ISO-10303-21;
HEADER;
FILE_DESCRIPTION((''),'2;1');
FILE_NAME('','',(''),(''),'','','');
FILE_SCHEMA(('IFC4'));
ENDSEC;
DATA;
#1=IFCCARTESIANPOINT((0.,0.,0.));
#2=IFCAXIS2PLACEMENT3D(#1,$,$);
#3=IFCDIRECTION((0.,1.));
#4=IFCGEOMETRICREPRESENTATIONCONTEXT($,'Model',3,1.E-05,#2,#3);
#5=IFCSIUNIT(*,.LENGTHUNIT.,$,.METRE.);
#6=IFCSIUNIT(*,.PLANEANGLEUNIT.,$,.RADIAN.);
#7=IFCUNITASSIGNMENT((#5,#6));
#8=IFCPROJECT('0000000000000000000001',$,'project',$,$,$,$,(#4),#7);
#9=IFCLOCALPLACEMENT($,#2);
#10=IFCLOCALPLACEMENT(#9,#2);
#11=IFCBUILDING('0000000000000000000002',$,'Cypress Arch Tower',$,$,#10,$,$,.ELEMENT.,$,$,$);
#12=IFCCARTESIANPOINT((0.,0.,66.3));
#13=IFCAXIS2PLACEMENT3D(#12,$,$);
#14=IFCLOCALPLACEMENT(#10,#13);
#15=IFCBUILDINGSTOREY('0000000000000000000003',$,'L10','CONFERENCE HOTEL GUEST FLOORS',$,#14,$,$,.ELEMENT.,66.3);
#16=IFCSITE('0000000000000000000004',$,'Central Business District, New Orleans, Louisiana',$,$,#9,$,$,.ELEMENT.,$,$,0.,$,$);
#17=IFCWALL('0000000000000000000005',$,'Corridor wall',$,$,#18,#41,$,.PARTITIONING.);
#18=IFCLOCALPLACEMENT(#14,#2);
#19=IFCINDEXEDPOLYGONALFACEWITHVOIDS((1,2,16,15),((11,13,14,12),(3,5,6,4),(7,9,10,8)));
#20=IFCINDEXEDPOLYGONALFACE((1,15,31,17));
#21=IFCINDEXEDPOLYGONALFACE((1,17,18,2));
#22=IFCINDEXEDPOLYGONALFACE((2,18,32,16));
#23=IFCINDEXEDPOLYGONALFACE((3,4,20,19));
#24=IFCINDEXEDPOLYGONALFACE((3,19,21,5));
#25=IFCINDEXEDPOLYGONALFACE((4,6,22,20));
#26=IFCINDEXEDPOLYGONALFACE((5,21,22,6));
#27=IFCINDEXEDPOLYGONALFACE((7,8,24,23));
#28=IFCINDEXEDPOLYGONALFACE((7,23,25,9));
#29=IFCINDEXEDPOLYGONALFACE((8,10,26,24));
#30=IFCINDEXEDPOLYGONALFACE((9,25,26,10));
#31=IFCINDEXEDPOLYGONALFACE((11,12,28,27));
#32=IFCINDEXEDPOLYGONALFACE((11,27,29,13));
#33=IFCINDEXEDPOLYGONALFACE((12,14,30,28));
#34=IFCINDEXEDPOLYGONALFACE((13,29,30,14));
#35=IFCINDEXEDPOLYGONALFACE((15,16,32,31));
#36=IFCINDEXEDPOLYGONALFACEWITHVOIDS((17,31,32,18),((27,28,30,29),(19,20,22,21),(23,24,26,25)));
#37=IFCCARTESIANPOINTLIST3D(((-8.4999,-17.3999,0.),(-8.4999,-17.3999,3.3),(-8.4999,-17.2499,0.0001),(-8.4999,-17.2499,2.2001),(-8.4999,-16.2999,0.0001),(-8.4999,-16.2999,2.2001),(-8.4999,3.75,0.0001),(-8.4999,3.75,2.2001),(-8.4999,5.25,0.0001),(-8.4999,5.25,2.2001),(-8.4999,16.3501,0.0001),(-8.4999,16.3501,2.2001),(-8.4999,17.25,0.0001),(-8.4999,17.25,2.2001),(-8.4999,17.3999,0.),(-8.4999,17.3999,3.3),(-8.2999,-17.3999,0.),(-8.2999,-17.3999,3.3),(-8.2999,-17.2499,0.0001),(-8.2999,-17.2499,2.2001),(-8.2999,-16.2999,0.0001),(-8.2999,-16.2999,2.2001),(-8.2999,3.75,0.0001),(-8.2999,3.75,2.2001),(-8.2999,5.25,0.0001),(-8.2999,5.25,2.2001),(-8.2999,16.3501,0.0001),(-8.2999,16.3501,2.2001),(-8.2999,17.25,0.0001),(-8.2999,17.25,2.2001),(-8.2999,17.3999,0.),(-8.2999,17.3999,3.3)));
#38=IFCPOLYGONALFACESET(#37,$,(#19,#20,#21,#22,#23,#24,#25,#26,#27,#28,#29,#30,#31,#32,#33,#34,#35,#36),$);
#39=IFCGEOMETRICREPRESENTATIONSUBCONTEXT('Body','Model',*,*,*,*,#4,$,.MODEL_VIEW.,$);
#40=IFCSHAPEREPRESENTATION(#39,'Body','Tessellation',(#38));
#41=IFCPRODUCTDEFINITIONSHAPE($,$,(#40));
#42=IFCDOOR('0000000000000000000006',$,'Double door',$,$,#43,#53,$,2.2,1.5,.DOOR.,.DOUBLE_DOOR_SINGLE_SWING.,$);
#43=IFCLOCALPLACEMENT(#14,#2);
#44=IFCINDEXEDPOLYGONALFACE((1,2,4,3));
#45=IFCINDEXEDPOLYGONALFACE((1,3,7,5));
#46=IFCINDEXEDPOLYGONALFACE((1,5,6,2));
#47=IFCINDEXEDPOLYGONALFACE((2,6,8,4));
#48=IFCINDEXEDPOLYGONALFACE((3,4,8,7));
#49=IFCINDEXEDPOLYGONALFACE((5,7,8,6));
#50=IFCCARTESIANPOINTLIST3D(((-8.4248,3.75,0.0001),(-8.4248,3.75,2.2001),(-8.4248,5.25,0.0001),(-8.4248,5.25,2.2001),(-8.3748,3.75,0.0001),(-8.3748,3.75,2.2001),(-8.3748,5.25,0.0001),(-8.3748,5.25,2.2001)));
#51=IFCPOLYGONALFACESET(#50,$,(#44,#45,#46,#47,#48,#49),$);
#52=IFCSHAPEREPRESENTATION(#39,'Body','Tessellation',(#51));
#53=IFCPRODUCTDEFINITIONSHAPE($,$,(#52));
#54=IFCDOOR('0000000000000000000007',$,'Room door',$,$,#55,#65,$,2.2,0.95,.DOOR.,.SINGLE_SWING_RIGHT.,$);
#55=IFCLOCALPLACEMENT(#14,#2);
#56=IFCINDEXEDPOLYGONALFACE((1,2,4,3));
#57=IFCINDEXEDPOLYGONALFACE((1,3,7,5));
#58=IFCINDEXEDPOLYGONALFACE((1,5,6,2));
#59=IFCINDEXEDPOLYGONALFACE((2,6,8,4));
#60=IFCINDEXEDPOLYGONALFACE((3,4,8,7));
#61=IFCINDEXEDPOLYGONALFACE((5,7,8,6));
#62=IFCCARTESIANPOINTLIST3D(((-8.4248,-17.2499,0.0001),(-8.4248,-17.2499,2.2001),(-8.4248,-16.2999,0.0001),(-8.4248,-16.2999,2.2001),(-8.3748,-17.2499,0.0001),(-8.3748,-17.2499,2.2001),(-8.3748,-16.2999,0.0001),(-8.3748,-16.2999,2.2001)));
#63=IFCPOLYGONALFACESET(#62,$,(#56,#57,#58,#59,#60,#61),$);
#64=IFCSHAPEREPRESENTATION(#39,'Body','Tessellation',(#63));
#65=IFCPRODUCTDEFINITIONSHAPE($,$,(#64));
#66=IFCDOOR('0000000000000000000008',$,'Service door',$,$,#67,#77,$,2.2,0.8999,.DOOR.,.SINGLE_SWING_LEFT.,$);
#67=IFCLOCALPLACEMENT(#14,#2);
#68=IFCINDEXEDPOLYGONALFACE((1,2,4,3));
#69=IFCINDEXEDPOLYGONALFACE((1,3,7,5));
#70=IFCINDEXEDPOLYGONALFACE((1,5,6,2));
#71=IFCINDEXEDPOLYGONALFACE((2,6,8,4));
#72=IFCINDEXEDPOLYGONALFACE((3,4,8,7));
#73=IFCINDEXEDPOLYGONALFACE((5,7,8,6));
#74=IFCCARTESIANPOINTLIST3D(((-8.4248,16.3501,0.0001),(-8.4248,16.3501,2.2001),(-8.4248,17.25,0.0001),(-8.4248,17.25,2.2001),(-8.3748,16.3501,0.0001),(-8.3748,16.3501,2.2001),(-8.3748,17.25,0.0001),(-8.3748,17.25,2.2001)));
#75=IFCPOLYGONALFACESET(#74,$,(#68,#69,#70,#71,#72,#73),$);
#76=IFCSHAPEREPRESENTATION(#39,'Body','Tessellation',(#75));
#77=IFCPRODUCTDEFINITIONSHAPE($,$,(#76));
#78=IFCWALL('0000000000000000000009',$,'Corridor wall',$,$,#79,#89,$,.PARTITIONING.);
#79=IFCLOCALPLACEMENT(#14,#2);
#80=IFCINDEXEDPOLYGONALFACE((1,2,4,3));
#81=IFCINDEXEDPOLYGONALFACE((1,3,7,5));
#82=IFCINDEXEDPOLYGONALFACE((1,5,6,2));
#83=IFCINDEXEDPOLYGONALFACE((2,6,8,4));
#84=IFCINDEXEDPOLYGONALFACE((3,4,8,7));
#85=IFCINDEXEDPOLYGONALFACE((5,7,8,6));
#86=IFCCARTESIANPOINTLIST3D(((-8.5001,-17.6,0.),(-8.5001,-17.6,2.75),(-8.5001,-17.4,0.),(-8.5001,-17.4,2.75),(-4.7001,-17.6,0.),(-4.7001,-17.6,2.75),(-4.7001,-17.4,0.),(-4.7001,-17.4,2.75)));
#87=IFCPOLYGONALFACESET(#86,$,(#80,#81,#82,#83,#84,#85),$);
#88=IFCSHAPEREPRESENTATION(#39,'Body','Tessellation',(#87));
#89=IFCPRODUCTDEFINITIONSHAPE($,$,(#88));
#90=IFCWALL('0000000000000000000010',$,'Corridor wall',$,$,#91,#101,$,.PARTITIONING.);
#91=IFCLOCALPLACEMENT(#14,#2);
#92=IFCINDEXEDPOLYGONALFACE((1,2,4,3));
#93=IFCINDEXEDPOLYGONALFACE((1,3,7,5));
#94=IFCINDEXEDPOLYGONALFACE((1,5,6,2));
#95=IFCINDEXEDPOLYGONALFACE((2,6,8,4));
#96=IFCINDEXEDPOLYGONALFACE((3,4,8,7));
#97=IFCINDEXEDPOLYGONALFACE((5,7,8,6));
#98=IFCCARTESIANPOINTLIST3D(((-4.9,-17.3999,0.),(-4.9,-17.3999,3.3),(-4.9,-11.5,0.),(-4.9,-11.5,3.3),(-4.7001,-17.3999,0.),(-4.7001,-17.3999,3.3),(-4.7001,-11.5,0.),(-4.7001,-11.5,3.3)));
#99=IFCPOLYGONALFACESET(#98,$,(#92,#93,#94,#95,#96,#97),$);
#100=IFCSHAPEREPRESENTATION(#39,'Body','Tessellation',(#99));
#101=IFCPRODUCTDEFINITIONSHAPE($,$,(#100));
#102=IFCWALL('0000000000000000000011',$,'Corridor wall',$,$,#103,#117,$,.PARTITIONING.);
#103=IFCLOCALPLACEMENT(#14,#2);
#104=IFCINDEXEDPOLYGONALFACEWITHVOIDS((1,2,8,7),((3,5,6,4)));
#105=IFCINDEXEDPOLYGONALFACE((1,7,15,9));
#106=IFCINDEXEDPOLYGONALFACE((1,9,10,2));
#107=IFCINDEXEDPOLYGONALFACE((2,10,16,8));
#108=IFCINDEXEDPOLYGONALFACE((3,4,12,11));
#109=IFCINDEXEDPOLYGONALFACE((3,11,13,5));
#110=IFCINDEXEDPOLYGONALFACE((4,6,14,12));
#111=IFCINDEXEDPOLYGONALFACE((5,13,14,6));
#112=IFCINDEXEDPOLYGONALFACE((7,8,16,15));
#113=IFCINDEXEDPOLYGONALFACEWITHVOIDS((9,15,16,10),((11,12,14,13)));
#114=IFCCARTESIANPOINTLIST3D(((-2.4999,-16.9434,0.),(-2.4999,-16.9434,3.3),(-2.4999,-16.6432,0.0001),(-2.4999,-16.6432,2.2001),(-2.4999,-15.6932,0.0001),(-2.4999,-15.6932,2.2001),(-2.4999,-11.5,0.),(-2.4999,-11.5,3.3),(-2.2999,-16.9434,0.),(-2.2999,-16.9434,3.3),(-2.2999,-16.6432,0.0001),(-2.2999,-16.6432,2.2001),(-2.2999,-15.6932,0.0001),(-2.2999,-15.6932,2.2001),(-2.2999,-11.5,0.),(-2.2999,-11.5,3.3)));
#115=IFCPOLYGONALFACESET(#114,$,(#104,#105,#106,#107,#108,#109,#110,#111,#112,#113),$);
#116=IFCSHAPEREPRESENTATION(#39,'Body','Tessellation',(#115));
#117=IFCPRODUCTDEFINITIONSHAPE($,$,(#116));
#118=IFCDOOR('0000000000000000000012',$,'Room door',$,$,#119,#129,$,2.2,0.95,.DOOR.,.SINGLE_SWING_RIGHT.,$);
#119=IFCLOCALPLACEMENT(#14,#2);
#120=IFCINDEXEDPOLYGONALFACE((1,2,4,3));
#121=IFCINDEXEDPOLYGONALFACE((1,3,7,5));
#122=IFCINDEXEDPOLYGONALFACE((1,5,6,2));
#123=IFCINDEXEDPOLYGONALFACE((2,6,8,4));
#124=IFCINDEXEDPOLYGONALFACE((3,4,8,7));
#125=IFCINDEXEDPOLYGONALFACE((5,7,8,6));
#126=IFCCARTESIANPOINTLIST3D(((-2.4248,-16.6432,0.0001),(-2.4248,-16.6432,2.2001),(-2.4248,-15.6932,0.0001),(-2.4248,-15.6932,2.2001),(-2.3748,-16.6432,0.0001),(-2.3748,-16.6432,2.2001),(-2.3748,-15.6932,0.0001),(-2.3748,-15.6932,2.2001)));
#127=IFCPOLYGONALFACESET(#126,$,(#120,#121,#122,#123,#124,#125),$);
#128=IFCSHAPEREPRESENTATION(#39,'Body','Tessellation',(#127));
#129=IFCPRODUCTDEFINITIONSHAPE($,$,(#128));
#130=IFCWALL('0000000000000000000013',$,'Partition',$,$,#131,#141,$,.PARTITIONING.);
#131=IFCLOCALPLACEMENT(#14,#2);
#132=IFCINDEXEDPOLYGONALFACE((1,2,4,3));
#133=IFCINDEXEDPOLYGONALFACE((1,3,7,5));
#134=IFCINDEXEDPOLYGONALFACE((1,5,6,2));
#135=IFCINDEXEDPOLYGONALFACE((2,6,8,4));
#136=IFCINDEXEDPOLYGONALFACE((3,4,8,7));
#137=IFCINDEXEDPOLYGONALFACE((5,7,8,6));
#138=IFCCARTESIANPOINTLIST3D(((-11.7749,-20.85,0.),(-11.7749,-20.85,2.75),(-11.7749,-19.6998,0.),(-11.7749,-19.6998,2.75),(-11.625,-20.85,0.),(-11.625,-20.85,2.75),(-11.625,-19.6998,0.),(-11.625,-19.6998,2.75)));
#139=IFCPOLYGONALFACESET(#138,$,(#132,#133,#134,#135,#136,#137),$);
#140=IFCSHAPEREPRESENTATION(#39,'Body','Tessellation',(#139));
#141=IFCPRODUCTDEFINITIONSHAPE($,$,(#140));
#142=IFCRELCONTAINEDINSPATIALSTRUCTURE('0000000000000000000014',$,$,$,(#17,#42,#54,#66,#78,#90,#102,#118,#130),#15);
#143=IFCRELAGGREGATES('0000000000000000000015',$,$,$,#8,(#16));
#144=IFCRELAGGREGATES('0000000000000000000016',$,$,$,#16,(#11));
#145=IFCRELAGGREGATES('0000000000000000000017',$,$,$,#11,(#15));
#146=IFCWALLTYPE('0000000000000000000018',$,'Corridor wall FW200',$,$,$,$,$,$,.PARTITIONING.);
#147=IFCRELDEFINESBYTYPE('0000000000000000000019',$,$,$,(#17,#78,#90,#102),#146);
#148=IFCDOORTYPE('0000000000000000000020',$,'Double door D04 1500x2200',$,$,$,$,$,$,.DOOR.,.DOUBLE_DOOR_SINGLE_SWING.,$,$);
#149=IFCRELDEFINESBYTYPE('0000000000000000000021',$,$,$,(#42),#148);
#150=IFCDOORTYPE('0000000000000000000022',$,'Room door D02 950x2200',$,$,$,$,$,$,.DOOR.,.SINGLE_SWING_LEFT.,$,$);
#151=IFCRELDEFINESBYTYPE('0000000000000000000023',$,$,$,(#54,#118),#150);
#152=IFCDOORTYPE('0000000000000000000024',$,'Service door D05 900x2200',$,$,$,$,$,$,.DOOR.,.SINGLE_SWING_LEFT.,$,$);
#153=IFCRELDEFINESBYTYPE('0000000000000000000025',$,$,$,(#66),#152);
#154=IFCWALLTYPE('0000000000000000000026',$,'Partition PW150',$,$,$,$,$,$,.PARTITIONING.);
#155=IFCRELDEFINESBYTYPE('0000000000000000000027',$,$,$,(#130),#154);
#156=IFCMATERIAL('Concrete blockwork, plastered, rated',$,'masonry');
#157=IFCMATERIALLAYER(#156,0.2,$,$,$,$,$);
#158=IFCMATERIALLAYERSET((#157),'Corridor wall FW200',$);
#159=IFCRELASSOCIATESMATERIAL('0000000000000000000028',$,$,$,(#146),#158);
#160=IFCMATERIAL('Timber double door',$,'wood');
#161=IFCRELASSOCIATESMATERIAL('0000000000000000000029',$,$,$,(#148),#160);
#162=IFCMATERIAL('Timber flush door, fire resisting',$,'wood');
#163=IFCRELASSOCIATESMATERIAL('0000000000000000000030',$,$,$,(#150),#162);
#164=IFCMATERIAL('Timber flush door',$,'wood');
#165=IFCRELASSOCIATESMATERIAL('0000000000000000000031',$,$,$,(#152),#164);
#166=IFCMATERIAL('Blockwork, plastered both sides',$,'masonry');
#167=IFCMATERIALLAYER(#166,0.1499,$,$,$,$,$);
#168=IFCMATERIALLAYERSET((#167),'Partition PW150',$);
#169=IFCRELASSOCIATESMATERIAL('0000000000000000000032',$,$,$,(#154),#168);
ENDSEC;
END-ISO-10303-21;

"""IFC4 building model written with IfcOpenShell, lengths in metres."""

from ifc_helpers import new_model, si_unit, direction, frame, frame_2d, origin, place, context, subcontext, project, spatial, rectangle, extrude, material, layer, layer_set, type_object, element, fill, save


model = new_model("IFC4")

# Units and contexts
model_context = context("Model", 3, precision=1e-05, world=origin(), true_north=direction((0.0, 1.0)))
body_context = subcontext(model_context, "Body", "Model", "MODEL_VIEW")
ifc_project = project(units=[si_unit("LENGTHUNIT", "METRE"), si_unit("PLANEANGLEUNIT", "RADIAN")], contexts=[model_context])

# Site, building, storey
site_placement = place(None, origin())
site = spatial("IfcSite", under=ifc_project, at=site_placement, Name="Central Business District, New Orleans, Louisiana", CompositionType="ELEMENT", RefElevation=0.0)
building_placement = place(site_placement, origin())
building = spatial("IfcBuilding", under=site, at=building_placement, Name="Cypress Arch Tower", CompositionType="ELEMENT")
storey_placement = place(building_placement, frame((0.0, 0.0, 66.3)))
storey = spatial("IfcBuildingStorey", under=building, at=storey_placement, Name="L10", Description="CONFERENCE HOTEL GUEST FLOORS", CompositionType="ELEMENT", Elevation=66.3)

# Wall, openings, doors
ifc_material_1 = material(Name="Concrete blockwork, plastered, rated", Category="masonry")
ifc_layer_1 = layer(ifc_material_1, 0.2)
ifc_layer_set_1 = layer_set([ifc_layer_1], Name="Corridor wall FW200")
wall_type_1 = type_object("IfcWallType", Name="Corridor wall FW200", PredefinedType="PARTITIONING", material=ifc_layer_set_1)
wall_1_placement = place(storey_placement, frame((-8.3999, -17.3999, 0.0), z_axis=(0.0, 0.0, 1.0), x_axis=(0.0, 1.0, 0.0)))
wall_1 = element("IfcWall", 1, at=wall_1_placement, inside=storey, type_object=wall_type_1, Name="Corridor wall", PredefinedType="PARTITIONING", context=body_context, shape_type="SweptSolid", body=[
    extrude(rectangle(XDim=34.7998, YDim=0.2, at=frame_2d((17.3999, 0.0))), origin(), (0.0, 0.0, 1.0), 3.3),
])
opening_1_placement = place(wall_1_placement, frame((21.1499, 0.0, 0.0)))
opening_1 = element("IfcOpeningElement", 2, at=opening_1_placement, cuts=wall_1, PredefinedType="OPENING", context=body_context, shape_type="SweptSolid", body=[
    extrude(rectangle(XDim=1.5, YDim=2.2, at=frame_2d((0.75, 1.1001))), frame((0.0, 0.1099, 0.0), z_axis=(0.0, -1.0, 0.0), x_axis=(1.0, 0.0, 0.0)), (0.0, 0.0, 1.0), 0.22),
])
opening_2_placement = place(wall_1_placement, frame((33.75, 0.0, 0.0)))
opening_2 = element("IfcOpeningElement", 3, at=opening_2_placement, cuts=wall_1, PredefinedType="OPENING", context=body_context, shape_type="SweptSolid", body=[
    extrude(rectangle(XDim=0.8999, YDim=2.2, at=frame_2d((0.45, 1.1001))), frame((0.0, 0.1099, 0.0), z_axis=(0.0, -1.0, 0.0), x_axis=(1.0, 0.0, 0.0)), (0.0, 0.0, 1.0), 0.22),
])
opening_3_placement = place(wall_1_placement, frame((0.1499, 0.0, 0.0)))
opening_3 = element("IfcOpeningElement", 4, at=opening_3_placement, cuts=wall_1, PredefinedType="OPENING", context=body_context, shape_type="SweptSolid", body=[
    extrude(rectangle(XDim=0.95, YDim=2.2, at=frame_2d((0.4751, 1.1001))), frame((0.0, 0.1099, 0.0), z_axis=(0.0, -1.0, 0.0), x_axis=(1.0, 0.0, 0.0)), (0.0, 0.0, 1.0), 0.22),
])
ifc_material_2 = material(Name="Timber double door", Category="wood")
door_type_1 = type_object("IfcDoorType", Name="Double door D04 1500x2200", OperationType="DOUBLE_DOOR_SINGLE_SWING", PredefinedType="DOOR", material=ifc_material_2)
door_1_placement = place(opening_1_placement, origin())
door_1 = element("IfcDoor", 5, at=door_1_placement, inside=storey, type_object=door_type_1, Name="Double door", OperationType="DOUBLE_DOOR_SINGLE_SWING", OverallHeight=2.2, OverallWidth=1.5, PredefinedType="DOOR", context=body_context, shape_type="SweptSolid", body=[
    extrude(rectangle(XDim=1.5, YDim=2.2, at=frame_2d((0.75, 1.1001))), frame((0.0, 0.0249, 0.0), z_axis=(0.0, -1.0, 0.0), x_axis=(1.0, 0.0, 0.0)), (0.0, 0.0, 1.0), 0.05),
])
fill(opening_1, door_1)
ifc_material_3 = material(Name="Timber flush door, fire resisting", Category="wood")
door_type_2 = type_object("IfcDoorType", Name="Room door D02 950x2200", OperationType="SINGLE_SWING_LEFT", PredefinedType="DOOR", material=ifc_material_3)
door_2_placement = place(opening_3_placement, origin())
door_2 = element("IfcDoor", 6, at=door_2_placement, inside=storey, type_object=door_type_2, Name="Room door", OperationType="SINGLE_SWING_RIGHT", OverallHeight=2.2, OverallWidth=0.95, PredefinedType="DOOR", context=body_context, shape_type="SweptSolid", body=[
    extrude(rectangle(XDim=0.95, YDim=2.2, at=frame_2d((0.4751, 1.1001))), frame((0.0, 0.0249, 0.0), z_axis=(0.0, -1.0, 0.0), x_axis=(1.0, 0.0, 0.0)), (0.0, 0.0, 1.0), 0.05),
])
fill(opening_3, door_2)
ifc_material_4 = material(Name="Timber flush door", Category="wood")
door_type_3 = type_object("IfcDoorType", Name="Service door D05 900x2200", OperationType="SINGLE_SWING_LEFT", PredefinedType="DOOR", material=ifc_material_4)
door_3_placement = place(opening_2_placement, origin())
door_3 = element("IfcDoor", 7, at=door_3_placement, inside=storey, type_object=door_type_3, Name="Service door", OperationType="SINGLE_SWING_LEFT", OverallHeight=2.2, OverallWidth=0.8999, PredefinedType="DOOR", context=body_context, shape_type="SweptSolid", body=[
    extrude(rectangle(XDim=0.8999, YDim=2.2, at=frame_2d((0.45, 1.1001))), frame((0.0, 0.0249, 0.0), z_axis=(0.0, -1.0, 0.0), x_axis=(1.0, 0.0, 0.0)), (0.0, 0.0, 1.0), 0.05),
])
fill(opening_2, door_3)

# Walls
wall_2_placement = place(storey_placement, frame((-8.5, -17.5, 0.0), z_axis=(0.0, 0.0, 1.0), x_axis=(1.0, 0.0, 0.0)))
element("IfcWall", 8, at=wall_2_placement, inside=storey, type_object=wall_type_1, Name="Corridor wall", PredefinedType="PARTITIONING", context=body_context, shape_type="SweptSolid", body=[
    extrude(rectangle(XDim=3.8, YDim=0.2, at=frame_2d((1.8999, 0.0))), origin(), (0.0, 0.0, 1.0), 2.75),
])
wall_3_placement = place(storey_placement, frame((-4.8, -17.3999, 0.0), z_axis=(0.0, 0.0, 1.0), x_axis=(0.0, 1.0, 0.0)))
element("IfcWall", 9, at=wall_3_placement, inside=storey, type_object=wall_type_1, Name="Corridor wall", PredefinedType="PARTITIONING", context=body_context, shape_type="SweptSolid", body=[
    extrude(rectangle(XDim=5.8999, YDim=0.2, at=frame_2d((2.95, 0.0))), origin(), (0.0, 0.0, 1.0), 3.3),
])

# Wall, opening, door
wall_4_placement = place(storey_placement, frame((-2.3999, -16.9434, 0.0), z_axis=(0.0, 0.0, 1.0), x_axis=(0.0, 1.0, 0.0)))
wall_4 = element("IfcWall", 10, at=wall_4_placement, inside=storey, type_object=wall_type_1, Name="Corridor wall", PredefinedType="PARTITIONING", context=body_context, shape_type="SweptSolid", body=[
    extrude(rectangle(XDim=5.4434, YDim=0.2, at=frame_2d((2.7217, 0.0))), origin(), (0.0, 0.0, 1.0), 3.3),
])
opening_4_placement = place(wall_4_placement, frame((0.3, 0.0, 0.0)))
opening_4 = element("IfcOpeningElement", 11, at=opening_4_placement, cuts=wall_4, PredefinedType="OPENING", context=body_context, shape_type="SweptSolid", body=[
    extrude(rectangle(XDim=0.95, YDim=2.2, at=frame_2d((0.4751, 1.1001))), frame((0.0, 0.1099, 0.0), z_axis=(0.0, -1.0, 0.0), x_axis=(1.0, 0.0, 0.0)), (0.0, 0.0, 1.0), 0.22),
])
door_4_placement = place(opening_4_placement, origin())
door_4 = element("IfcDoor", 12, at=door_4_placement, inside=storey, type_object=door_type_2, Name="Room door", OperationType="SINGLE_SWING_RIGHT", OverallHeight=2.2, OverallWidth=0.95, PredefinedType="DOOR", context=body_context, shape_type="SweptSolid", body=[
    extrude(rectangle(XDim=0.95, YDim=2.2, at=frame_2d((0.4751, 1.1001))), frame((0.0, 0.0249, 0.0), z_axis=(0.0, -1.0, 0.0), x_axis=(1.0, 0.0, 0.0)), (0.0, 0.0, 1.0), 0.05),
])
fill(opening_4, door_4)

# Wall
ifc_material_5 = material(Name="Blockwork, plastered both sides", Category="masonry")
ifc_layer_2 = layer(ifc_material_5, 0.1499)
ifc_layer_set_2 = layer_set([ifc_layer_2], Name="Partition PW150")
wall_type_2 = type_object("IfcWallType", Name="Partition PW150", PredefinedType="PARTITIONING", material=ifc_layer_set_2)
wall_5_placement = place(storey_placement, frame((-11.7, -20.8501, 0.0), z_axis=(0.0, 0.0, 1.0), x_axis=(0.0, 1.0, 0.0)))
element("IfcWall", 13, at=wall_5_placement, inside=storey, type_object=wall_type_2, Name="Partition", PredefinedType="PARTITIONING", context=body_context, shape_type="SweptSolid", body=[
    extrude(rectangle(XDim=1.1501, YDim=0.1499, at=frame_2d((0.5752, 0.0))), origin(), (0.0, 0.0, 1.0), 2.75),
])

save(model, "model.ifc")
